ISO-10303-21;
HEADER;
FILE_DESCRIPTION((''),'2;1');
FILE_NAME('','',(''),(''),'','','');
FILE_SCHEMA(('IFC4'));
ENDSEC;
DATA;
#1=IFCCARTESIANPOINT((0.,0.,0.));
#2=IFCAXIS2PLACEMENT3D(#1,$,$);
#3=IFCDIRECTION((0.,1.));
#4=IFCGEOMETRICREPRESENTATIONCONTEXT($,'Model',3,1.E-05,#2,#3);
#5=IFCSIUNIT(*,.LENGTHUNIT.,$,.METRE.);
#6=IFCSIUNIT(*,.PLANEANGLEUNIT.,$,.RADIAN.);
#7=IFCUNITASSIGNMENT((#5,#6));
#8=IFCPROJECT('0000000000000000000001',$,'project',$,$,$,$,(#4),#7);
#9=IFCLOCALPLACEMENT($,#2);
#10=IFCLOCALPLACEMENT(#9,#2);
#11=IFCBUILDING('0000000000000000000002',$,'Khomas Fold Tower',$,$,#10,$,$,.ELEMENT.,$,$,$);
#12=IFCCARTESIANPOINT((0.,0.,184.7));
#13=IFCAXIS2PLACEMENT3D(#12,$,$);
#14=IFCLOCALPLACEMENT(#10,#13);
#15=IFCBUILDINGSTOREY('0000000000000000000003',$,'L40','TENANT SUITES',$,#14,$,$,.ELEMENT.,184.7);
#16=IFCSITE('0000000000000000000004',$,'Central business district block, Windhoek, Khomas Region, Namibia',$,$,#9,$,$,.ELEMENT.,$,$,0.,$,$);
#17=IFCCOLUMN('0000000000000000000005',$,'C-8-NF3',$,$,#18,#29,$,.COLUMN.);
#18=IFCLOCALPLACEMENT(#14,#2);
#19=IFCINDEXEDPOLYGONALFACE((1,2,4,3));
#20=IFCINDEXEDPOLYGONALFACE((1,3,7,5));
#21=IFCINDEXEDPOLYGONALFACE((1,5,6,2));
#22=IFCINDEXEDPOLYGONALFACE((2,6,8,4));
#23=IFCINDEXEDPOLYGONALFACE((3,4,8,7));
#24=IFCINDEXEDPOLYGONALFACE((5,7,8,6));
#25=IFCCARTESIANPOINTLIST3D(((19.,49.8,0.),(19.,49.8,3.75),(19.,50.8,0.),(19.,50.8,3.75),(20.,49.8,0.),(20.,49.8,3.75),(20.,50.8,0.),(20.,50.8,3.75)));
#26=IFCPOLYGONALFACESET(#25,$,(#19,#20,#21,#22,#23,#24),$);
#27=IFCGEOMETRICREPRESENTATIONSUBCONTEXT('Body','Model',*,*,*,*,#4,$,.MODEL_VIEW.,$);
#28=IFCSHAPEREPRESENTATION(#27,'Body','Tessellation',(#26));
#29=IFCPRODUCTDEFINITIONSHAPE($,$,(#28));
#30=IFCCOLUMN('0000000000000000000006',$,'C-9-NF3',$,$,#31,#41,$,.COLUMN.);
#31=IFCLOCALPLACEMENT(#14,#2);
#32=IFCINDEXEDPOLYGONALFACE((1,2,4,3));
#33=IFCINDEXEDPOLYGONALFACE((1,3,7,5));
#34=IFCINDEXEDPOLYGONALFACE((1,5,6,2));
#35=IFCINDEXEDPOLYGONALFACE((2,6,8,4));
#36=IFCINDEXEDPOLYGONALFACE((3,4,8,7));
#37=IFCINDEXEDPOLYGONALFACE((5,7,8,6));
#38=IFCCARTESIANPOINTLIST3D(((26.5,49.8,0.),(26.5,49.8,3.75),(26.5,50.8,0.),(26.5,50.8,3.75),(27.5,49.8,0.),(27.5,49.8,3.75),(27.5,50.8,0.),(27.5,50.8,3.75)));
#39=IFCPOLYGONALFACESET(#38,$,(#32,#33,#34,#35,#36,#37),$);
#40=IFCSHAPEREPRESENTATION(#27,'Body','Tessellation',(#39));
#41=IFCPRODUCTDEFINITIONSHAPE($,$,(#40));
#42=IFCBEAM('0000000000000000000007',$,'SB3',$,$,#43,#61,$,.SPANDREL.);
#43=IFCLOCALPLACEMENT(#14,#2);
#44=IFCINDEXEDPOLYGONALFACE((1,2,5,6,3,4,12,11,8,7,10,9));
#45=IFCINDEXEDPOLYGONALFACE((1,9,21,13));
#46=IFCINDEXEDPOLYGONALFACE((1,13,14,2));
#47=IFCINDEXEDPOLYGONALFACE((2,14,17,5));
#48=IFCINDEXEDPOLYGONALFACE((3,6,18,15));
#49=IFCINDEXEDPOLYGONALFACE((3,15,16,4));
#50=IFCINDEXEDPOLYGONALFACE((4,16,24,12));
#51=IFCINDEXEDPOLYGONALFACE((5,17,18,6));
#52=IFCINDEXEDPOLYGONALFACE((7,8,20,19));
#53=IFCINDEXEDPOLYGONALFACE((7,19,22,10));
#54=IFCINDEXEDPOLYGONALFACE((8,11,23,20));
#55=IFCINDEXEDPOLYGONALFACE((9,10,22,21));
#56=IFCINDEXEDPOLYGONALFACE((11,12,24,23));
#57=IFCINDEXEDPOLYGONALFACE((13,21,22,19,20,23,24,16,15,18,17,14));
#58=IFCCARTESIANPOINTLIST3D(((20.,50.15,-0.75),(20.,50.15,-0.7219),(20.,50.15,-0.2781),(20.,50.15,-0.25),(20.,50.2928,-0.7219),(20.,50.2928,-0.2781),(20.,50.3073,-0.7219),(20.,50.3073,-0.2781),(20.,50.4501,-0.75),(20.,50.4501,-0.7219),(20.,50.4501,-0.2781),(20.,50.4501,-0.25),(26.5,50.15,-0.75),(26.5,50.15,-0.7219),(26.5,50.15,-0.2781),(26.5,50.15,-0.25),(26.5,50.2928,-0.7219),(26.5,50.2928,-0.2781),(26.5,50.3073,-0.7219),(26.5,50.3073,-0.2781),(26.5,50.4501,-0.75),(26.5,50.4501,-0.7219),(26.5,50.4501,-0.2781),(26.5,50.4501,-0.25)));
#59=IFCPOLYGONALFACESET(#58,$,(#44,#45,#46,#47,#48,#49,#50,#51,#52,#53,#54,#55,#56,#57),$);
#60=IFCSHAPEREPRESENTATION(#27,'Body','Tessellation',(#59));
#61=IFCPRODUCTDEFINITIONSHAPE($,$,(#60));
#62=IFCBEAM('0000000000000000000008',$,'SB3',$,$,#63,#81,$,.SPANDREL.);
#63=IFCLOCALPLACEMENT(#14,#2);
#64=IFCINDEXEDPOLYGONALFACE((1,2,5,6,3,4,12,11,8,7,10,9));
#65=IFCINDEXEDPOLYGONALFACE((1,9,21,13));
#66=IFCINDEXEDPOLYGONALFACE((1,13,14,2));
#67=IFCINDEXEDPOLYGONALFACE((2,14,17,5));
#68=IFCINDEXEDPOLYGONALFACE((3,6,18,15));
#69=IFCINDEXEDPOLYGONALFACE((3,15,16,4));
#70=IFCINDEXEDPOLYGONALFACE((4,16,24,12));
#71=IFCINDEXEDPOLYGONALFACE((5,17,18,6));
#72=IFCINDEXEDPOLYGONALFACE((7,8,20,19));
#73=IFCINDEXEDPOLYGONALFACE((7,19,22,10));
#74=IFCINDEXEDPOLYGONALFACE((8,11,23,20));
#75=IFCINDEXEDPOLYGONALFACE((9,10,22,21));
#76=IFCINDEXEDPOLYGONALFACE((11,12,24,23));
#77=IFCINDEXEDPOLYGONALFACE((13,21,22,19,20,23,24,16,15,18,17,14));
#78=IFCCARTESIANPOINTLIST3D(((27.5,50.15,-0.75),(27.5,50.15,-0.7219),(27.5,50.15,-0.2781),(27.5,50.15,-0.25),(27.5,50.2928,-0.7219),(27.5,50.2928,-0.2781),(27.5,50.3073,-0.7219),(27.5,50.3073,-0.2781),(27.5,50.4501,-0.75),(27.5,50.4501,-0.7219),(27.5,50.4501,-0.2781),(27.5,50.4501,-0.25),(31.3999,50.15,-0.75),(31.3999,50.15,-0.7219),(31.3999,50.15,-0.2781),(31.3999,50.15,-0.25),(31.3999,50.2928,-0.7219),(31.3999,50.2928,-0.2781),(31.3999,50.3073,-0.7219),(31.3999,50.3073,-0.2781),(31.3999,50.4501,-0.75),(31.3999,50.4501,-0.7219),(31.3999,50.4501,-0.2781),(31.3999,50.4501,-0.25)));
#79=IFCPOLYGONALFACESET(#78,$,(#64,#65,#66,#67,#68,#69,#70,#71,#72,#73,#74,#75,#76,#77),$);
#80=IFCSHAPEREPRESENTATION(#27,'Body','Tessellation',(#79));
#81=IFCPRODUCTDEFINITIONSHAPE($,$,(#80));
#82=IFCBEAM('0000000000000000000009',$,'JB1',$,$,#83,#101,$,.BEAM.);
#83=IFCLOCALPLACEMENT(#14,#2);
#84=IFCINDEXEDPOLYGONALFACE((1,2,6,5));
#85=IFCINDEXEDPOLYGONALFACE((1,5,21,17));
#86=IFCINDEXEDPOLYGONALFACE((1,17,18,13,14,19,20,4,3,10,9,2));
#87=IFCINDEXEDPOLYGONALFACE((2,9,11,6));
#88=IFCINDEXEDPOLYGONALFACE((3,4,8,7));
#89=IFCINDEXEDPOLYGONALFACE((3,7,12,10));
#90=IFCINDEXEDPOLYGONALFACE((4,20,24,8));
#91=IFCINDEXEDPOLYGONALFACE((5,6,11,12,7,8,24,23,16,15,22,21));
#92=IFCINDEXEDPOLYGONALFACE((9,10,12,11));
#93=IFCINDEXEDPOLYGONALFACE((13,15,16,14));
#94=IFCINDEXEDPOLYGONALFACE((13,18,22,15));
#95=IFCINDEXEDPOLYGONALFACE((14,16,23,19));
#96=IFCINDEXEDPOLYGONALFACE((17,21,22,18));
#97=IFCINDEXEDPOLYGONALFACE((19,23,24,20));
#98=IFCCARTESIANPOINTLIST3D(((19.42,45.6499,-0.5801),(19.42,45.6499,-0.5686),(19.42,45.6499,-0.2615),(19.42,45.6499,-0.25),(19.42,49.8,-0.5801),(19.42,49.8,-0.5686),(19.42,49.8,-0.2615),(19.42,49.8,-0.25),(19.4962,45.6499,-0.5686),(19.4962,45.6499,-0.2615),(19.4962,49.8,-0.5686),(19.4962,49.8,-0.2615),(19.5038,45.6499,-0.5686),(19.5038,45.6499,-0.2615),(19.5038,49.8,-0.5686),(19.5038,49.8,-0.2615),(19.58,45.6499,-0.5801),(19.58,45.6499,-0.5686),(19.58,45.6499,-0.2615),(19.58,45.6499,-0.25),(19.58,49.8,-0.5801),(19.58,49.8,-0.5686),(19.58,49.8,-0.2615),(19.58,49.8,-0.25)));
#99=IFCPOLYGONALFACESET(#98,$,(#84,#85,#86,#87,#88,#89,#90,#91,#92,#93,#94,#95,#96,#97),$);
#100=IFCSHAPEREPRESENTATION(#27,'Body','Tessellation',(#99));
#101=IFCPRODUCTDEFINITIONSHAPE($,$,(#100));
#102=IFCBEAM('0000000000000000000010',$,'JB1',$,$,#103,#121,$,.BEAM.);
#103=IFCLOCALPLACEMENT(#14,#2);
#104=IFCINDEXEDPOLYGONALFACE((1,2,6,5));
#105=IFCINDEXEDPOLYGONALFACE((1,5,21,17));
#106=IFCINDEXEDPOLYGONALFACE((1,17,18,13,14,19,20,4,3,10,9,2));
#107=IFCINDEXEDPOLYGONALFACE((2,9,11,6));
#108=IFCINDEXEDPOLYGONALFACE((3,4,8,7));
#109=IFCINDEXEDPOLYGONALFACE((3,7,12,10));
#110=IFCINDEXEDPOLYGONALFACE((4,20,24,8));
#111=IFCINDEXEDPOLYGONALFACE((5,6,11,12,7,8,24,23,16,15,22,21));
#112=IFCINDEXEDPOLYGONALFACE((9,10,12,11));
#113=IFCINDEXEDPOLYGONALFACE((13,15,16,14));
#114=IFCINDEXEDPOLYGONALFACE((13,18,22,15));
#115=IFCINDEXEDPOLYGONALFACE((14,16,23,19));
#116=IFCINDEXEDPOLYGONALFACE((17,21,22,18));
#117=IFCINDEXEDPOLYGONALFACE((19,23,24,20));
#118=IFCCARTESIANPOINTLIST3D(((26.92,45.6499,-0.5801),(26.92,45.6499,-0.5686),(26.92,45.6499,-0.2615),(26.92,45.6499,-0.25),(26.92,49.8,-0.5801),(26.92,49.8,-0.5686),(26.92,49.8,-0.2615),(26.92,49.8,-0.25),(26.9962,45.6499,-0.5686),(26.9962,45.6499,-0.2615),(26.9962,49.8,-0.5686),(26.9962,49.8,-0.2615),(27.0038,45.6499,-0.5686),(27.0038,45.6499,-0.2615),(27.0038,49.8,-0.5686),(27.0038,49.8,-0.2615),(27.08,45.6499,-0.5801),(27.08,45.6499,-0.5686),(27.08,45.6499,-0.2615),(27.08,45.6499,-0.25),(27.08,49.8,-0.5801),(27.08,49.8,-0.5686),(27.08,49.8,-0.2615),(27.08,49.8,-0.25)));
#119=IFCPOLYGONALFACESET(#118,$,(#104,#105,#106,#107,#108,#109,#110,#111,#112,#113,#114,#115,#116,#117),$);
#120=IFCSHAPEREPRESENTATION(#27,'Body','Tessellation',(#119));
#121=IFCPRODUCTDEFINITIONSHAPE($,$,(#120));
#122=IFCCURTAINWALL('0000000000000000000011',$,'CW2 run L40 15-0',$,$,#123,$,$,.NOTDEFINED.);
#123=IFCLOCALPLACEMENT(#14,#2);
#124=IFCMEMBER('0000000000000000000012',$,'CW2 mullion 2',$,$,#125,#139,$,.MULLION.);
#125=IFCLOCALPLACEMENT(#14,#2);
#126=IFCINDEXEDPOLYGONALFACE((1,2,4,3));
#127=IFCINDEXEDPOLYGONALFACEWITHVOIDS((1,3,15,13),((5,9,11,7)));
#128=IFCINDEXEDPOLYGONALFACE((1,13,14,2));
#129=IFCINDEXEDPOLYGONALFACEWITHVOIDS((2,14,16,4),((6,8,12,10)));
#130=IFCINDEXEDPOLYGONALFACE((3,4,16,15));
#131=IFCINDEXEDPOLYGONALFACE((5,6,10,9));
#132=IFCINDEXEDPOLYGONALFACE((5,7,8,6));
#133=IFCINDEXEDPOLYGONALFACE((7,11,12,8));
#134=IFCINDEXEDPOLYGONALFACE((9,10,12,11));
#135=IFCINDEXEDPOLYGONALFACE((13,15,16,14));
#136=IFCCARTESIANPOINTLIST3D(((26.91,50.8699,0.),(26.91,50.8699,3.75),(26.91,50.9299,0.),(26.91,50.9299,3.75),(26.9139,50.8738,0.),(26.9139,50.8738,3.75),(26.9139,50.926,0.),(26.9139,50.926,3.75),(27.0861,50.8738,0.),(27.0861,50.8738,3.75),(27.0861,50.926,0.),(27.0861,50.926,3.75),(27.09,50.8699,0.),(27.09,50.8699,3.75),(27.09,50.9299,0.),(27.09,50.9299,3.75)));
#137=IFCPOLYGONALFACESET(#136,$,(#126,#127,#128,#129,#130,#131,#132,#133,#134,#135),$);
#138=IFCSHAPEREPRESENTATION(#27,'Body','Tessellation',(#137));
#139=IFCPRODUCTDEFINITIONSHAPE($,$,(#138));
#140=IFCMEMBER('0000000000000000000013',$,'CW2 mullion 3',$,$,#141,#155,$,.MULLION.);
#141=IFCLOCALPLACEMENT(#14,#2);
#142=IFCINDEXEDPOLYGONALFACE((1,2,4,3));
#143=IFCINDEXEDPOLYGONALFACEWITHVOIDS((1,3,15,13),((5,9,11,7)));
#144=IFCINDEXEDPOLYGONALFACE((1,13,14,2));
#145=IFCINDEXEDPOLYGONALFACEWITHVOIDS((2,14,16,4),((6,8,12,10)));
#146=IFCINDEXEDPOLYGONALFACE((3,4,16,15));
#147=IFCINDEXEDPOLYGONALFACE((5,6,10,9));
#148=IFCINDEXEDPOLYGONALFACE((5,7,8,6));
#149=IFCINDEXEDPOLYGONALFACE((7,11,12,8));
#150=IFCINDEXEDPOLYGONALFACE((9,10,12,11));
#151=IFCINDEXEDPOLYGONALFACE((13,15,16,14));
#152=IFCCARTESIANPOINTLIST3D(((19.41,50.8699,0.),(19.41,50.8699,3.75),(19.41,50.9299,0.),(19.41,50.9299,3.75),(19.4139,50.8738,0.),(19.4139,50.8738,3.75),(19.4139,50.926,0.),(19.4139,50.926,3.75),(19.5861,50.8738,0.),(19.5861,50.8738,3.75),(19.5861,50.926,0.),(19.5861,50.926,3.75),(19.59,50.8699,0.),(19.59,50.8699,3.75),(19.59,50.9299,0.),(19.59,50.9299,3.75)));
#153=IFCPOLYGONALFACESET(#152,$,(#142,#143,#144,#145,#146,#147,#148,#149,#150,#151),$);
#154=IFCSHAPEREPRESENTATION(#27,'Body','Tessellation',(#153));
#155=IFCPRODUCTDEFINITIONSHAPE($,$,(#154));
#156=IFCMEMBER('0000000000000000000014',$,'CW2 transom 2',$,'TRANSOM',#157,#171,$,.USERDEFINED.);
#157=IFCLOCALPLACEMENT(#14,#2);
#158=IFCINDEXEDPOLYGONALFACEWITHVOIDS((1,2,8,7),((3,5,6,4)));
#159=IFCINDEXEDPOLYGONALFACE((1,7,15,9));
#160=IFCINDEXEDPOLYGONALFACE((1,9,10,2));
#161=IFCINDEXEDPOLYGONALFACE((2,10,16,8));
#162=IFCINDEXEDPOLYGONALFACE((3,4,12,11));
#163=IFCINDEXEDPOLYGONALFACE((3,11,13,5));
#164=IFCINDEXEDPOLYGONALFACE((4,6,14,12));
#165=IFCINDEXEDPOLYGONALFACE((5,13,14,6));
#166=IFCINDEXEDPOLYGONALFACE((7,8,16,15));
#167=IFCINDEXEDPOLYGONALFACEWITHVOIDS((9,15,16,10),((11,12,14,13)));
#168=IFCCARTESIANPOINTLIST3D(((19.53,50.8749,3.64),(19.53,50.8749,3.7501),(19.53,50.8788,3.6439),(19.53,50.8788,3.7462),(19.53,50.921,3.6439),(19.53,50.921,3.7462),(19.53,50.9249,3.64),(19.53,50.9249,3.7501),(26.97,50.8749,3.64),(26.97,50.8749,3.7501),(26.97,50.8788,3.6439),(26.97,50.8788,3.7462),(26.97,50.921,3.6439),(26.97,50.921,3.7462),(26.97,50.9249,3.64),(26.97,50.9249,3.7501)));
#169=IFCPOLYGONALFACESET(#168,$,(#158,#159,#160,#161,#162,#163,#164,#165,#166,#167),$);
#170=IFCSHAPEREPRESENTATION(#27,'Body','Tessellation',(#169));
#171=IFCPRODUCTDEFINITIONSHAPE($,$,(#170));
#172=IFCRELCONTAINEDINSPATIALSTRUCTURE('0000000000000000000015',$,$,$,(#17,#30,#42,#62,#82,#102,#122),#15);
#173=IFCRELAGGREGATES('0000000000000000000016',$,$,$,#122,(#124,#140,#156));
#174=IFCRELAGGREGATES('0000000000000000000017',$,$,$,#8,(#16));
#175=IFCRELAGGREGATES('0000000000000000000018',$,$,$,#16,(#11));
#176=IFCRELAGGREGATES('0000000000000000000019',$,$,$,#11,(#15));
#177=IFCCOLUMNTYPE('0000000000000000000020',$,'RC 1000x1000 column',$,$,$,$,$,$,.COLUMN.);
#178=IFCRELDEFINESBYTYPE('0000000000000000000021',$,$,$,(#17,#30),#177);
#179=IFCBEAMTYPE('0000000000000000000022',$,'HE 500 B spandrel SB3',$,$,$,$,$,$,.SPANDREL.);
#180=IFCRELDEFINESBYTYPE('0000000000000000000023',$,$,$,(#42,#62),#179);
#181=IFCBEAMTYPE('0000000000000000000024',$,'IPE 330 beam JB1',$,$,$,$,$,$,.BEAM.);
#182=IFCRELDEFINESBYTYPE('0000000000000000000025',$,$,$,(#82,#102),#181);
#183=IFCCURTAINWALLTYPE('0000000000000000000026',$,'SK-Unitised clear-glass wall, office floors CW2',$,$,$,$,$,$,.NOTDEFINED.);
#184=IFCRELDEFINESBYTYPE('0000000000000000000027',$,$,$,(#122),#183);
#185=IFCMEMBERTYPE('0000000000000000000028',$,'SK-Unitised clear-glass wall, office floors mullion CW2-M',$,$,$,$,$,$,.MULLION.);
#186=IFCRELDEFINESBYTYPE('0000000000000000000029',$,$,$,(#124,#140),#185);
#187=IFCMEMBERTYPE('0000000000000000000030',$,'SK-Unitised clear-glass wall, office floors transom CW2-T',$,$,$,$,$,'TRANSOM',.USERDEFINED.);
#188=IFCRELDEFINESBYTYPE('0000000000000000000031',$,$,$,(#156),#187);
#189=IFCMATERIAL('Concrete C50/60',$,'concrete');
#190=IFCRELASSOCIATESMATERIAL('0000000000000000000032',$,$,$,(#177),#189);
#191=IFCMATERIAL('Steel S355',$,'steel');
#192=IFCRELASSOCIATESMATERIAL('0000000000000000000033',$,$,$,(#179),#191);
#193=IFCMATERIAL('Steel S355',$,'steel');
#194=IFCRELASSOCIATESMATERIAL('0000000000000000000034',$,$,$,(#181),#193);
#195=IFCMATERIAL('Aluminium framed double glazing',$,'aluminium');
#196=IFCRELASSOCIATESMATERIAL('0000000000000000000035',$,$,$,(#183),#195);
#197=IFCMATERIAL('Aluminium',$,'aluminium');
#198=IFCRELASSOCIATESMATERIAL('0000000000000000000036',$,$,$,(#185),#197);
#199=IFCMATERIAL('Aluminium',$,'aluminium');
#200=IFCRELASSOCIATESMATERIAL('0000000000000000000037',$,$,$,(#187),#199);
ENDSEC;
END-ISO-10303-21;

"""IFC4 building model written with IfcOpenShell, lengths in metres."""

from ifc_helpers import new_model, si_unit, direction, frame, origin, origin_2d, place, context, subcontext, project, spatial, rectangle, hollow_rectangle, i_section, extrude, source, transform, mapped, material, material_profile, profile_set, type_object, element, aggregate, save


model = new_model("IFC4")

# Units and contexts
model_context = context("Model", 3, precision=1e-05, world=origin(), true_north=direction((0.0, 1.0)))
body_context = subcontext(model_context, "Body", "Model", "MODEL_VIEW")
ifc_project = project(units=[si_unit("LENGTHUNIT", "METRE"), si_unit("PLANEANGLEUNIT", "RADIAN")], contexts=[model_context])

# Site, building, storey
site_placement = place(None, origin())
site = spatial("IfcSite", under=ifc_project, at=site_placement, Name="Central business district block, Windhoek, Khomas Region, Namibia", CompositionType="ELEMENT", RefElevation=0.0)
building_placement = place(site_placement, origin())
building = spatial("IfcBuilding", under=site, at=building_placement, Name="Khomas Fold Tower", CompositionType="ELEMENT")
storey_placement = place(building_placement, frame((0.0, 0.0, 184.7)))
storey = spatial("IfcBuildingStorey", under=building, at=storey_placement, Name="L40", Description="TENANT SUITES", CompositionType="ELEMENT", Elevation=184.7)

# Columns
ifc_material_1 = material(Name="Concrete C50/60", Category="concrete")
ifc_material_profile_1 = material_profile(ifc_material_1, rectangle(XDim=1.0, YDim=1.0, at=origin_2d()), Name="RC 1000x1000")
ifc_profile_set_1 = profile_set([ifc_material_profile_1], Name="Concrete C50/60")
column_type = type_object("IfcColumnType", Name="RC 1000x1000 column", PredefinedType="COLUMN", material=ifc_profile_set_1)
shared_shape_1 = source(origin(), body_context, "Body", "SweptSolid", [
    extrude(rectangle(XDim=1.0, YDim=1.0, at=origin_2d()), origin(), (0.0, 0.0, 1.0), 3.75),
])
for number, where, z_axis, x_axis, name in (
    (1, (19.5, 50.3, 0.0), (0.0, 0.0, 1.0), (1.0, 0.0, 0.0), "C-8-NF3"),
    (2, (27.0, 50.3, 0.0), (0.0, 0.0, 1.0), (1.0, 0.0, 0.0), "C-9-NF3"),
):
    element("IfcColumn", number, at=place(storey_placement, frame(where, z_axis=z_axis, x_axis=x_axis)), inside=storey, type_object=column_type, Name=name, PredefinedType="COLUMN", context=body_context, shape_type="MappedRepresentation", body=[
        mapped(shared_shape_1, transform((0.0, 0.0, 0.0))),
    ])

# Beams
ifc_material_2 = material(Name="Steel S355", Category="steel")
ifc_material_profile_2 = material_profile(ifc_material_2, i_section(OverallWidth=0.3, OverallDepth=0.5, WebThickness=0.0144, FlangeThickness=0.0281, at=origin_2d()), Name="HE 500 B")
ifc_profile_set_2 = profile_set([ifc_material_profile_2], Name="Steel S355")
beam_type_1 = type_object("IfcBeamType", Name="HE 500 B spandrel SB3", PredefinedType="SPANDREL", material=ifc_profile_set_2)
shared_shape_2 = source(origin(), body_context, "Body", "SweptSolid", [
    extrude(i_section(OverallWidth=0.3, OverallDepth=0.5, WebThickness=0.0144, FlangeThickness=0.0281, at=origin_2d()), origin(), (0.0, 0.0, 1.0), 6.5),
])
beam_1_placement = place(storey_placement, frame((20.0, 50.3, -0.5), z_axis=(1.0, 0.0, 0.0), x_axis=(0.0, 1.0, 0.0)))
element("IfcBeam", 3, at=beam_1_placement, inside=storey, type_object=beam_type_1, Name="SB3", PredefinedType="SPANDREL", context=body_context, shape_type="MappedRepresentation", body=[
    mapped(shared_shape_2, transform((0.0, 0.0, 0.0))),
])
shared_shape_3 = source(origin(), body_context, "Body", "SweptSolid", [
    extrude(i_section(OverallWidth=0.3, OverallDepth=0.5, WebThickness=0.0144, FlangeThickness=0.0281, at=origin_2d()), origin(), (0.0, 0.0, 1.0), 3.8999),
])
beam_2_placement = place(storey_placement, frame((27.5, 50.3, -0.5), z_axis=(1.0, 0.0, 0.0), x_axis=(0.0, 1.0, 0.0)))
element("IfcBeam", 4, at=beam_2_placement, inside=storey, type_object=beam_type_1, Name="SB3", PredefinedType="SPANDREL", context=body_context, shape_type="MappedRepresentation", body=[
    mapped(shared_shape_3, transform((0.0, 0.0, 0.0))),
])
ifc_material_3 = material(Name="Steel S355", Category="steel")
ifc_material_profile_3 = material_profile(ifc_material_3, i_section(OverallWidth=0.1599, OverallDepth=0.3301, WebThickness=0.0076, FlangeThickness=0.0115, at=origin_2d()), Name="IPE 330")
ifc_profile_set_3 = profile_set([ifc_material_profile_3], Name="Steel S355")
beam_type_2 = type_object("IfcBeamType", Name="IPE 330 beam JB1", PredefinedType="BEAM", material=ifc_profile_set_3)
shared_shape_4 = source(origin(), body_context, "Body", "SweptSolid", [
    extrude(i_section(OverallWidth=0.1599, OverallDepth=0.3301, WebThickness=0.0076, FlangeThickness=0.0115, at=origin_2d()), origin(), (0.0, 0.0, 1.0), 4.1501),
])
for number, where, z_axis, x_axis, name in (
    (5, (19.5, 45.6499, -0.415), (0.0, 1.0, 0.0), (-1.0, 0.0, 0.0), "JB1"),
    (6, (27.0, 45.6499, -0.415), (0.0, 1.0, 0.0), (-1.0, 0.0, 0.0), "JB1"),
):
    element("IfcBeam", number, at=place(storey_placement, frame(where, z_axis=z_axis, x_axis=x_axis)), inside=storey, type_object=beam_type_2, Name=name, PredefinedType="BEAM", context=body_context, shape_type="MappedRepresentation", body=[
        mapped(shared_shape_4, transform((0.0, 0.0, 0.0))),
    ])

# Curtain wall, members
ifc_material_4 = material(Name="Aluminium framed double glazing", Category="aluminium")
curtain_wall_type = type_object("IfcCurtainWallType", Name="SK-Unitised clear-glass wall, office floors CW2", PredefinedType="NOTDEFINED", material=ifc_material_4)
curtain_wall_placement = place(storey_placement, origin())
curtain_wall = element("IfcCurtainWall", 7, at=curtain_wall_placement, inside=storey, type_object=curtain_wall_type, Name="CW2 run L40 15-0", PredefinedType="NOTDEFINED")
ifc_material_5 = material(Name="Aluminium", Category="aluminium")
ifc_material_profile_4 = material_profile(ifc_material_5, hollow_rectangle(XDim=0.0601, YDim=0.1799, WallThickness=0.0039, at=origin_2d()), Name="SK-Unitised clear-glass wall, office floors mullion CW2-M")
ifc_profile_set_4 = profile_set([ifc_material_profile_4], Name="Aluminium")
member_type_1 = type_object("IfcMemberType", Name="SK-Unitised clear-glass wall, office floors mullion CW2-M", PredefinedType="MULLION", material=ifc_profile_set_4)
shared_shape_5 = source(origin(), body_context, "Body", "SweptSolid", [
    extrude(hollow_rectangle(XDim=0.0601, YDim=0.1799, WallThickness=0.0039, at=origin_2d()), origin(), (0.0, 0.0, 1.0), 3.75),
])
member_1_placement = place(storey_placement, frame((27.0, 50.8999, 0.0), z_axis=(0.0, 0.0, 1.0), x_axis=(0.0, -1.0, 0.0)))
member_1 = element("IfcMember", 8, at=member_1_placement, type_object=member_type_1, Name="CW2 mullion 2", PredefinedType="MULLION", context=body_context, shape_type="MappedRepresentation", body=[
    mapped(shared_shape_5, transform((0.0, 0.0, 0.0))),
])
member_2_placement = place(storey_placement, frame((19.5, 50.8999, 0.0), z_axis=(0.0, 0.0, 1.0), x_axis=(0.0, -1.0, 0.0)))
member_2 = element("IfcMember", 9, at=member_2_placement, type_object=member_type_1, Name="CW2 mullion 3", PredefinedType="MULLION", context=body_context, shape_type="MappedRepresentation", body=[
    mapped(shared_shape_5, transform((0.0, 0.0, 0.0))),
])
ifc_material_6 = material(Name="Aluminium", Category="aluminium")
ifc_material_profile_5 = material_profile(ifc_material_6, hollow_rectangle(XDim=0.05, YDim=0.1101, WallThickness=0.0039, at=origin_2d()), Name="SK-Unitised clear-glass wall, office floors transom CW2-T")
ifc_profile_set_5 = profile_set([ifc_material_profile_5], Name="Aluminium")
member_type_2 = type_object("IfcMemberType", Name="SK-Unitised clear-glass wall, office floors transom CW2-T", ElementType="TRANSOM", PredefinedType="USERDEFINED", material=ifc_profile_set_5)
shared_shape_6 = source(origin(), body_context, "Body", "SweptSolid", [
    extrude(hollow_rectangle(XDim=0.05, YDim=0.1101, WallThickness=0.0039, at=origin_2d()), origin(), (0.0, 0.0, 1.0), 7.4399),
])
member_3_placement = place(storey_placement, frame((26.97, 50.8999, 3.6951), z_axis=(-1.0, 0.0, 0.0), x_axis=(0.0, -1.0, 0.0)))
member_3 = element("IfcMember", 10, at=member_3_placement, type_object=member_type_2, Name="CW2 transom 2", ObjectType="TRANSOM", PredefinedType="USERDEFINED", context=body_context, shape_type="MappedRepresentation", body=[
    mapped(shared_shape_6, transform((0.0, 0.0, 0.0))),
])
aggregate(curtain_wall, [member_1, member_2, member_3])

save(model, "model.ifc")
